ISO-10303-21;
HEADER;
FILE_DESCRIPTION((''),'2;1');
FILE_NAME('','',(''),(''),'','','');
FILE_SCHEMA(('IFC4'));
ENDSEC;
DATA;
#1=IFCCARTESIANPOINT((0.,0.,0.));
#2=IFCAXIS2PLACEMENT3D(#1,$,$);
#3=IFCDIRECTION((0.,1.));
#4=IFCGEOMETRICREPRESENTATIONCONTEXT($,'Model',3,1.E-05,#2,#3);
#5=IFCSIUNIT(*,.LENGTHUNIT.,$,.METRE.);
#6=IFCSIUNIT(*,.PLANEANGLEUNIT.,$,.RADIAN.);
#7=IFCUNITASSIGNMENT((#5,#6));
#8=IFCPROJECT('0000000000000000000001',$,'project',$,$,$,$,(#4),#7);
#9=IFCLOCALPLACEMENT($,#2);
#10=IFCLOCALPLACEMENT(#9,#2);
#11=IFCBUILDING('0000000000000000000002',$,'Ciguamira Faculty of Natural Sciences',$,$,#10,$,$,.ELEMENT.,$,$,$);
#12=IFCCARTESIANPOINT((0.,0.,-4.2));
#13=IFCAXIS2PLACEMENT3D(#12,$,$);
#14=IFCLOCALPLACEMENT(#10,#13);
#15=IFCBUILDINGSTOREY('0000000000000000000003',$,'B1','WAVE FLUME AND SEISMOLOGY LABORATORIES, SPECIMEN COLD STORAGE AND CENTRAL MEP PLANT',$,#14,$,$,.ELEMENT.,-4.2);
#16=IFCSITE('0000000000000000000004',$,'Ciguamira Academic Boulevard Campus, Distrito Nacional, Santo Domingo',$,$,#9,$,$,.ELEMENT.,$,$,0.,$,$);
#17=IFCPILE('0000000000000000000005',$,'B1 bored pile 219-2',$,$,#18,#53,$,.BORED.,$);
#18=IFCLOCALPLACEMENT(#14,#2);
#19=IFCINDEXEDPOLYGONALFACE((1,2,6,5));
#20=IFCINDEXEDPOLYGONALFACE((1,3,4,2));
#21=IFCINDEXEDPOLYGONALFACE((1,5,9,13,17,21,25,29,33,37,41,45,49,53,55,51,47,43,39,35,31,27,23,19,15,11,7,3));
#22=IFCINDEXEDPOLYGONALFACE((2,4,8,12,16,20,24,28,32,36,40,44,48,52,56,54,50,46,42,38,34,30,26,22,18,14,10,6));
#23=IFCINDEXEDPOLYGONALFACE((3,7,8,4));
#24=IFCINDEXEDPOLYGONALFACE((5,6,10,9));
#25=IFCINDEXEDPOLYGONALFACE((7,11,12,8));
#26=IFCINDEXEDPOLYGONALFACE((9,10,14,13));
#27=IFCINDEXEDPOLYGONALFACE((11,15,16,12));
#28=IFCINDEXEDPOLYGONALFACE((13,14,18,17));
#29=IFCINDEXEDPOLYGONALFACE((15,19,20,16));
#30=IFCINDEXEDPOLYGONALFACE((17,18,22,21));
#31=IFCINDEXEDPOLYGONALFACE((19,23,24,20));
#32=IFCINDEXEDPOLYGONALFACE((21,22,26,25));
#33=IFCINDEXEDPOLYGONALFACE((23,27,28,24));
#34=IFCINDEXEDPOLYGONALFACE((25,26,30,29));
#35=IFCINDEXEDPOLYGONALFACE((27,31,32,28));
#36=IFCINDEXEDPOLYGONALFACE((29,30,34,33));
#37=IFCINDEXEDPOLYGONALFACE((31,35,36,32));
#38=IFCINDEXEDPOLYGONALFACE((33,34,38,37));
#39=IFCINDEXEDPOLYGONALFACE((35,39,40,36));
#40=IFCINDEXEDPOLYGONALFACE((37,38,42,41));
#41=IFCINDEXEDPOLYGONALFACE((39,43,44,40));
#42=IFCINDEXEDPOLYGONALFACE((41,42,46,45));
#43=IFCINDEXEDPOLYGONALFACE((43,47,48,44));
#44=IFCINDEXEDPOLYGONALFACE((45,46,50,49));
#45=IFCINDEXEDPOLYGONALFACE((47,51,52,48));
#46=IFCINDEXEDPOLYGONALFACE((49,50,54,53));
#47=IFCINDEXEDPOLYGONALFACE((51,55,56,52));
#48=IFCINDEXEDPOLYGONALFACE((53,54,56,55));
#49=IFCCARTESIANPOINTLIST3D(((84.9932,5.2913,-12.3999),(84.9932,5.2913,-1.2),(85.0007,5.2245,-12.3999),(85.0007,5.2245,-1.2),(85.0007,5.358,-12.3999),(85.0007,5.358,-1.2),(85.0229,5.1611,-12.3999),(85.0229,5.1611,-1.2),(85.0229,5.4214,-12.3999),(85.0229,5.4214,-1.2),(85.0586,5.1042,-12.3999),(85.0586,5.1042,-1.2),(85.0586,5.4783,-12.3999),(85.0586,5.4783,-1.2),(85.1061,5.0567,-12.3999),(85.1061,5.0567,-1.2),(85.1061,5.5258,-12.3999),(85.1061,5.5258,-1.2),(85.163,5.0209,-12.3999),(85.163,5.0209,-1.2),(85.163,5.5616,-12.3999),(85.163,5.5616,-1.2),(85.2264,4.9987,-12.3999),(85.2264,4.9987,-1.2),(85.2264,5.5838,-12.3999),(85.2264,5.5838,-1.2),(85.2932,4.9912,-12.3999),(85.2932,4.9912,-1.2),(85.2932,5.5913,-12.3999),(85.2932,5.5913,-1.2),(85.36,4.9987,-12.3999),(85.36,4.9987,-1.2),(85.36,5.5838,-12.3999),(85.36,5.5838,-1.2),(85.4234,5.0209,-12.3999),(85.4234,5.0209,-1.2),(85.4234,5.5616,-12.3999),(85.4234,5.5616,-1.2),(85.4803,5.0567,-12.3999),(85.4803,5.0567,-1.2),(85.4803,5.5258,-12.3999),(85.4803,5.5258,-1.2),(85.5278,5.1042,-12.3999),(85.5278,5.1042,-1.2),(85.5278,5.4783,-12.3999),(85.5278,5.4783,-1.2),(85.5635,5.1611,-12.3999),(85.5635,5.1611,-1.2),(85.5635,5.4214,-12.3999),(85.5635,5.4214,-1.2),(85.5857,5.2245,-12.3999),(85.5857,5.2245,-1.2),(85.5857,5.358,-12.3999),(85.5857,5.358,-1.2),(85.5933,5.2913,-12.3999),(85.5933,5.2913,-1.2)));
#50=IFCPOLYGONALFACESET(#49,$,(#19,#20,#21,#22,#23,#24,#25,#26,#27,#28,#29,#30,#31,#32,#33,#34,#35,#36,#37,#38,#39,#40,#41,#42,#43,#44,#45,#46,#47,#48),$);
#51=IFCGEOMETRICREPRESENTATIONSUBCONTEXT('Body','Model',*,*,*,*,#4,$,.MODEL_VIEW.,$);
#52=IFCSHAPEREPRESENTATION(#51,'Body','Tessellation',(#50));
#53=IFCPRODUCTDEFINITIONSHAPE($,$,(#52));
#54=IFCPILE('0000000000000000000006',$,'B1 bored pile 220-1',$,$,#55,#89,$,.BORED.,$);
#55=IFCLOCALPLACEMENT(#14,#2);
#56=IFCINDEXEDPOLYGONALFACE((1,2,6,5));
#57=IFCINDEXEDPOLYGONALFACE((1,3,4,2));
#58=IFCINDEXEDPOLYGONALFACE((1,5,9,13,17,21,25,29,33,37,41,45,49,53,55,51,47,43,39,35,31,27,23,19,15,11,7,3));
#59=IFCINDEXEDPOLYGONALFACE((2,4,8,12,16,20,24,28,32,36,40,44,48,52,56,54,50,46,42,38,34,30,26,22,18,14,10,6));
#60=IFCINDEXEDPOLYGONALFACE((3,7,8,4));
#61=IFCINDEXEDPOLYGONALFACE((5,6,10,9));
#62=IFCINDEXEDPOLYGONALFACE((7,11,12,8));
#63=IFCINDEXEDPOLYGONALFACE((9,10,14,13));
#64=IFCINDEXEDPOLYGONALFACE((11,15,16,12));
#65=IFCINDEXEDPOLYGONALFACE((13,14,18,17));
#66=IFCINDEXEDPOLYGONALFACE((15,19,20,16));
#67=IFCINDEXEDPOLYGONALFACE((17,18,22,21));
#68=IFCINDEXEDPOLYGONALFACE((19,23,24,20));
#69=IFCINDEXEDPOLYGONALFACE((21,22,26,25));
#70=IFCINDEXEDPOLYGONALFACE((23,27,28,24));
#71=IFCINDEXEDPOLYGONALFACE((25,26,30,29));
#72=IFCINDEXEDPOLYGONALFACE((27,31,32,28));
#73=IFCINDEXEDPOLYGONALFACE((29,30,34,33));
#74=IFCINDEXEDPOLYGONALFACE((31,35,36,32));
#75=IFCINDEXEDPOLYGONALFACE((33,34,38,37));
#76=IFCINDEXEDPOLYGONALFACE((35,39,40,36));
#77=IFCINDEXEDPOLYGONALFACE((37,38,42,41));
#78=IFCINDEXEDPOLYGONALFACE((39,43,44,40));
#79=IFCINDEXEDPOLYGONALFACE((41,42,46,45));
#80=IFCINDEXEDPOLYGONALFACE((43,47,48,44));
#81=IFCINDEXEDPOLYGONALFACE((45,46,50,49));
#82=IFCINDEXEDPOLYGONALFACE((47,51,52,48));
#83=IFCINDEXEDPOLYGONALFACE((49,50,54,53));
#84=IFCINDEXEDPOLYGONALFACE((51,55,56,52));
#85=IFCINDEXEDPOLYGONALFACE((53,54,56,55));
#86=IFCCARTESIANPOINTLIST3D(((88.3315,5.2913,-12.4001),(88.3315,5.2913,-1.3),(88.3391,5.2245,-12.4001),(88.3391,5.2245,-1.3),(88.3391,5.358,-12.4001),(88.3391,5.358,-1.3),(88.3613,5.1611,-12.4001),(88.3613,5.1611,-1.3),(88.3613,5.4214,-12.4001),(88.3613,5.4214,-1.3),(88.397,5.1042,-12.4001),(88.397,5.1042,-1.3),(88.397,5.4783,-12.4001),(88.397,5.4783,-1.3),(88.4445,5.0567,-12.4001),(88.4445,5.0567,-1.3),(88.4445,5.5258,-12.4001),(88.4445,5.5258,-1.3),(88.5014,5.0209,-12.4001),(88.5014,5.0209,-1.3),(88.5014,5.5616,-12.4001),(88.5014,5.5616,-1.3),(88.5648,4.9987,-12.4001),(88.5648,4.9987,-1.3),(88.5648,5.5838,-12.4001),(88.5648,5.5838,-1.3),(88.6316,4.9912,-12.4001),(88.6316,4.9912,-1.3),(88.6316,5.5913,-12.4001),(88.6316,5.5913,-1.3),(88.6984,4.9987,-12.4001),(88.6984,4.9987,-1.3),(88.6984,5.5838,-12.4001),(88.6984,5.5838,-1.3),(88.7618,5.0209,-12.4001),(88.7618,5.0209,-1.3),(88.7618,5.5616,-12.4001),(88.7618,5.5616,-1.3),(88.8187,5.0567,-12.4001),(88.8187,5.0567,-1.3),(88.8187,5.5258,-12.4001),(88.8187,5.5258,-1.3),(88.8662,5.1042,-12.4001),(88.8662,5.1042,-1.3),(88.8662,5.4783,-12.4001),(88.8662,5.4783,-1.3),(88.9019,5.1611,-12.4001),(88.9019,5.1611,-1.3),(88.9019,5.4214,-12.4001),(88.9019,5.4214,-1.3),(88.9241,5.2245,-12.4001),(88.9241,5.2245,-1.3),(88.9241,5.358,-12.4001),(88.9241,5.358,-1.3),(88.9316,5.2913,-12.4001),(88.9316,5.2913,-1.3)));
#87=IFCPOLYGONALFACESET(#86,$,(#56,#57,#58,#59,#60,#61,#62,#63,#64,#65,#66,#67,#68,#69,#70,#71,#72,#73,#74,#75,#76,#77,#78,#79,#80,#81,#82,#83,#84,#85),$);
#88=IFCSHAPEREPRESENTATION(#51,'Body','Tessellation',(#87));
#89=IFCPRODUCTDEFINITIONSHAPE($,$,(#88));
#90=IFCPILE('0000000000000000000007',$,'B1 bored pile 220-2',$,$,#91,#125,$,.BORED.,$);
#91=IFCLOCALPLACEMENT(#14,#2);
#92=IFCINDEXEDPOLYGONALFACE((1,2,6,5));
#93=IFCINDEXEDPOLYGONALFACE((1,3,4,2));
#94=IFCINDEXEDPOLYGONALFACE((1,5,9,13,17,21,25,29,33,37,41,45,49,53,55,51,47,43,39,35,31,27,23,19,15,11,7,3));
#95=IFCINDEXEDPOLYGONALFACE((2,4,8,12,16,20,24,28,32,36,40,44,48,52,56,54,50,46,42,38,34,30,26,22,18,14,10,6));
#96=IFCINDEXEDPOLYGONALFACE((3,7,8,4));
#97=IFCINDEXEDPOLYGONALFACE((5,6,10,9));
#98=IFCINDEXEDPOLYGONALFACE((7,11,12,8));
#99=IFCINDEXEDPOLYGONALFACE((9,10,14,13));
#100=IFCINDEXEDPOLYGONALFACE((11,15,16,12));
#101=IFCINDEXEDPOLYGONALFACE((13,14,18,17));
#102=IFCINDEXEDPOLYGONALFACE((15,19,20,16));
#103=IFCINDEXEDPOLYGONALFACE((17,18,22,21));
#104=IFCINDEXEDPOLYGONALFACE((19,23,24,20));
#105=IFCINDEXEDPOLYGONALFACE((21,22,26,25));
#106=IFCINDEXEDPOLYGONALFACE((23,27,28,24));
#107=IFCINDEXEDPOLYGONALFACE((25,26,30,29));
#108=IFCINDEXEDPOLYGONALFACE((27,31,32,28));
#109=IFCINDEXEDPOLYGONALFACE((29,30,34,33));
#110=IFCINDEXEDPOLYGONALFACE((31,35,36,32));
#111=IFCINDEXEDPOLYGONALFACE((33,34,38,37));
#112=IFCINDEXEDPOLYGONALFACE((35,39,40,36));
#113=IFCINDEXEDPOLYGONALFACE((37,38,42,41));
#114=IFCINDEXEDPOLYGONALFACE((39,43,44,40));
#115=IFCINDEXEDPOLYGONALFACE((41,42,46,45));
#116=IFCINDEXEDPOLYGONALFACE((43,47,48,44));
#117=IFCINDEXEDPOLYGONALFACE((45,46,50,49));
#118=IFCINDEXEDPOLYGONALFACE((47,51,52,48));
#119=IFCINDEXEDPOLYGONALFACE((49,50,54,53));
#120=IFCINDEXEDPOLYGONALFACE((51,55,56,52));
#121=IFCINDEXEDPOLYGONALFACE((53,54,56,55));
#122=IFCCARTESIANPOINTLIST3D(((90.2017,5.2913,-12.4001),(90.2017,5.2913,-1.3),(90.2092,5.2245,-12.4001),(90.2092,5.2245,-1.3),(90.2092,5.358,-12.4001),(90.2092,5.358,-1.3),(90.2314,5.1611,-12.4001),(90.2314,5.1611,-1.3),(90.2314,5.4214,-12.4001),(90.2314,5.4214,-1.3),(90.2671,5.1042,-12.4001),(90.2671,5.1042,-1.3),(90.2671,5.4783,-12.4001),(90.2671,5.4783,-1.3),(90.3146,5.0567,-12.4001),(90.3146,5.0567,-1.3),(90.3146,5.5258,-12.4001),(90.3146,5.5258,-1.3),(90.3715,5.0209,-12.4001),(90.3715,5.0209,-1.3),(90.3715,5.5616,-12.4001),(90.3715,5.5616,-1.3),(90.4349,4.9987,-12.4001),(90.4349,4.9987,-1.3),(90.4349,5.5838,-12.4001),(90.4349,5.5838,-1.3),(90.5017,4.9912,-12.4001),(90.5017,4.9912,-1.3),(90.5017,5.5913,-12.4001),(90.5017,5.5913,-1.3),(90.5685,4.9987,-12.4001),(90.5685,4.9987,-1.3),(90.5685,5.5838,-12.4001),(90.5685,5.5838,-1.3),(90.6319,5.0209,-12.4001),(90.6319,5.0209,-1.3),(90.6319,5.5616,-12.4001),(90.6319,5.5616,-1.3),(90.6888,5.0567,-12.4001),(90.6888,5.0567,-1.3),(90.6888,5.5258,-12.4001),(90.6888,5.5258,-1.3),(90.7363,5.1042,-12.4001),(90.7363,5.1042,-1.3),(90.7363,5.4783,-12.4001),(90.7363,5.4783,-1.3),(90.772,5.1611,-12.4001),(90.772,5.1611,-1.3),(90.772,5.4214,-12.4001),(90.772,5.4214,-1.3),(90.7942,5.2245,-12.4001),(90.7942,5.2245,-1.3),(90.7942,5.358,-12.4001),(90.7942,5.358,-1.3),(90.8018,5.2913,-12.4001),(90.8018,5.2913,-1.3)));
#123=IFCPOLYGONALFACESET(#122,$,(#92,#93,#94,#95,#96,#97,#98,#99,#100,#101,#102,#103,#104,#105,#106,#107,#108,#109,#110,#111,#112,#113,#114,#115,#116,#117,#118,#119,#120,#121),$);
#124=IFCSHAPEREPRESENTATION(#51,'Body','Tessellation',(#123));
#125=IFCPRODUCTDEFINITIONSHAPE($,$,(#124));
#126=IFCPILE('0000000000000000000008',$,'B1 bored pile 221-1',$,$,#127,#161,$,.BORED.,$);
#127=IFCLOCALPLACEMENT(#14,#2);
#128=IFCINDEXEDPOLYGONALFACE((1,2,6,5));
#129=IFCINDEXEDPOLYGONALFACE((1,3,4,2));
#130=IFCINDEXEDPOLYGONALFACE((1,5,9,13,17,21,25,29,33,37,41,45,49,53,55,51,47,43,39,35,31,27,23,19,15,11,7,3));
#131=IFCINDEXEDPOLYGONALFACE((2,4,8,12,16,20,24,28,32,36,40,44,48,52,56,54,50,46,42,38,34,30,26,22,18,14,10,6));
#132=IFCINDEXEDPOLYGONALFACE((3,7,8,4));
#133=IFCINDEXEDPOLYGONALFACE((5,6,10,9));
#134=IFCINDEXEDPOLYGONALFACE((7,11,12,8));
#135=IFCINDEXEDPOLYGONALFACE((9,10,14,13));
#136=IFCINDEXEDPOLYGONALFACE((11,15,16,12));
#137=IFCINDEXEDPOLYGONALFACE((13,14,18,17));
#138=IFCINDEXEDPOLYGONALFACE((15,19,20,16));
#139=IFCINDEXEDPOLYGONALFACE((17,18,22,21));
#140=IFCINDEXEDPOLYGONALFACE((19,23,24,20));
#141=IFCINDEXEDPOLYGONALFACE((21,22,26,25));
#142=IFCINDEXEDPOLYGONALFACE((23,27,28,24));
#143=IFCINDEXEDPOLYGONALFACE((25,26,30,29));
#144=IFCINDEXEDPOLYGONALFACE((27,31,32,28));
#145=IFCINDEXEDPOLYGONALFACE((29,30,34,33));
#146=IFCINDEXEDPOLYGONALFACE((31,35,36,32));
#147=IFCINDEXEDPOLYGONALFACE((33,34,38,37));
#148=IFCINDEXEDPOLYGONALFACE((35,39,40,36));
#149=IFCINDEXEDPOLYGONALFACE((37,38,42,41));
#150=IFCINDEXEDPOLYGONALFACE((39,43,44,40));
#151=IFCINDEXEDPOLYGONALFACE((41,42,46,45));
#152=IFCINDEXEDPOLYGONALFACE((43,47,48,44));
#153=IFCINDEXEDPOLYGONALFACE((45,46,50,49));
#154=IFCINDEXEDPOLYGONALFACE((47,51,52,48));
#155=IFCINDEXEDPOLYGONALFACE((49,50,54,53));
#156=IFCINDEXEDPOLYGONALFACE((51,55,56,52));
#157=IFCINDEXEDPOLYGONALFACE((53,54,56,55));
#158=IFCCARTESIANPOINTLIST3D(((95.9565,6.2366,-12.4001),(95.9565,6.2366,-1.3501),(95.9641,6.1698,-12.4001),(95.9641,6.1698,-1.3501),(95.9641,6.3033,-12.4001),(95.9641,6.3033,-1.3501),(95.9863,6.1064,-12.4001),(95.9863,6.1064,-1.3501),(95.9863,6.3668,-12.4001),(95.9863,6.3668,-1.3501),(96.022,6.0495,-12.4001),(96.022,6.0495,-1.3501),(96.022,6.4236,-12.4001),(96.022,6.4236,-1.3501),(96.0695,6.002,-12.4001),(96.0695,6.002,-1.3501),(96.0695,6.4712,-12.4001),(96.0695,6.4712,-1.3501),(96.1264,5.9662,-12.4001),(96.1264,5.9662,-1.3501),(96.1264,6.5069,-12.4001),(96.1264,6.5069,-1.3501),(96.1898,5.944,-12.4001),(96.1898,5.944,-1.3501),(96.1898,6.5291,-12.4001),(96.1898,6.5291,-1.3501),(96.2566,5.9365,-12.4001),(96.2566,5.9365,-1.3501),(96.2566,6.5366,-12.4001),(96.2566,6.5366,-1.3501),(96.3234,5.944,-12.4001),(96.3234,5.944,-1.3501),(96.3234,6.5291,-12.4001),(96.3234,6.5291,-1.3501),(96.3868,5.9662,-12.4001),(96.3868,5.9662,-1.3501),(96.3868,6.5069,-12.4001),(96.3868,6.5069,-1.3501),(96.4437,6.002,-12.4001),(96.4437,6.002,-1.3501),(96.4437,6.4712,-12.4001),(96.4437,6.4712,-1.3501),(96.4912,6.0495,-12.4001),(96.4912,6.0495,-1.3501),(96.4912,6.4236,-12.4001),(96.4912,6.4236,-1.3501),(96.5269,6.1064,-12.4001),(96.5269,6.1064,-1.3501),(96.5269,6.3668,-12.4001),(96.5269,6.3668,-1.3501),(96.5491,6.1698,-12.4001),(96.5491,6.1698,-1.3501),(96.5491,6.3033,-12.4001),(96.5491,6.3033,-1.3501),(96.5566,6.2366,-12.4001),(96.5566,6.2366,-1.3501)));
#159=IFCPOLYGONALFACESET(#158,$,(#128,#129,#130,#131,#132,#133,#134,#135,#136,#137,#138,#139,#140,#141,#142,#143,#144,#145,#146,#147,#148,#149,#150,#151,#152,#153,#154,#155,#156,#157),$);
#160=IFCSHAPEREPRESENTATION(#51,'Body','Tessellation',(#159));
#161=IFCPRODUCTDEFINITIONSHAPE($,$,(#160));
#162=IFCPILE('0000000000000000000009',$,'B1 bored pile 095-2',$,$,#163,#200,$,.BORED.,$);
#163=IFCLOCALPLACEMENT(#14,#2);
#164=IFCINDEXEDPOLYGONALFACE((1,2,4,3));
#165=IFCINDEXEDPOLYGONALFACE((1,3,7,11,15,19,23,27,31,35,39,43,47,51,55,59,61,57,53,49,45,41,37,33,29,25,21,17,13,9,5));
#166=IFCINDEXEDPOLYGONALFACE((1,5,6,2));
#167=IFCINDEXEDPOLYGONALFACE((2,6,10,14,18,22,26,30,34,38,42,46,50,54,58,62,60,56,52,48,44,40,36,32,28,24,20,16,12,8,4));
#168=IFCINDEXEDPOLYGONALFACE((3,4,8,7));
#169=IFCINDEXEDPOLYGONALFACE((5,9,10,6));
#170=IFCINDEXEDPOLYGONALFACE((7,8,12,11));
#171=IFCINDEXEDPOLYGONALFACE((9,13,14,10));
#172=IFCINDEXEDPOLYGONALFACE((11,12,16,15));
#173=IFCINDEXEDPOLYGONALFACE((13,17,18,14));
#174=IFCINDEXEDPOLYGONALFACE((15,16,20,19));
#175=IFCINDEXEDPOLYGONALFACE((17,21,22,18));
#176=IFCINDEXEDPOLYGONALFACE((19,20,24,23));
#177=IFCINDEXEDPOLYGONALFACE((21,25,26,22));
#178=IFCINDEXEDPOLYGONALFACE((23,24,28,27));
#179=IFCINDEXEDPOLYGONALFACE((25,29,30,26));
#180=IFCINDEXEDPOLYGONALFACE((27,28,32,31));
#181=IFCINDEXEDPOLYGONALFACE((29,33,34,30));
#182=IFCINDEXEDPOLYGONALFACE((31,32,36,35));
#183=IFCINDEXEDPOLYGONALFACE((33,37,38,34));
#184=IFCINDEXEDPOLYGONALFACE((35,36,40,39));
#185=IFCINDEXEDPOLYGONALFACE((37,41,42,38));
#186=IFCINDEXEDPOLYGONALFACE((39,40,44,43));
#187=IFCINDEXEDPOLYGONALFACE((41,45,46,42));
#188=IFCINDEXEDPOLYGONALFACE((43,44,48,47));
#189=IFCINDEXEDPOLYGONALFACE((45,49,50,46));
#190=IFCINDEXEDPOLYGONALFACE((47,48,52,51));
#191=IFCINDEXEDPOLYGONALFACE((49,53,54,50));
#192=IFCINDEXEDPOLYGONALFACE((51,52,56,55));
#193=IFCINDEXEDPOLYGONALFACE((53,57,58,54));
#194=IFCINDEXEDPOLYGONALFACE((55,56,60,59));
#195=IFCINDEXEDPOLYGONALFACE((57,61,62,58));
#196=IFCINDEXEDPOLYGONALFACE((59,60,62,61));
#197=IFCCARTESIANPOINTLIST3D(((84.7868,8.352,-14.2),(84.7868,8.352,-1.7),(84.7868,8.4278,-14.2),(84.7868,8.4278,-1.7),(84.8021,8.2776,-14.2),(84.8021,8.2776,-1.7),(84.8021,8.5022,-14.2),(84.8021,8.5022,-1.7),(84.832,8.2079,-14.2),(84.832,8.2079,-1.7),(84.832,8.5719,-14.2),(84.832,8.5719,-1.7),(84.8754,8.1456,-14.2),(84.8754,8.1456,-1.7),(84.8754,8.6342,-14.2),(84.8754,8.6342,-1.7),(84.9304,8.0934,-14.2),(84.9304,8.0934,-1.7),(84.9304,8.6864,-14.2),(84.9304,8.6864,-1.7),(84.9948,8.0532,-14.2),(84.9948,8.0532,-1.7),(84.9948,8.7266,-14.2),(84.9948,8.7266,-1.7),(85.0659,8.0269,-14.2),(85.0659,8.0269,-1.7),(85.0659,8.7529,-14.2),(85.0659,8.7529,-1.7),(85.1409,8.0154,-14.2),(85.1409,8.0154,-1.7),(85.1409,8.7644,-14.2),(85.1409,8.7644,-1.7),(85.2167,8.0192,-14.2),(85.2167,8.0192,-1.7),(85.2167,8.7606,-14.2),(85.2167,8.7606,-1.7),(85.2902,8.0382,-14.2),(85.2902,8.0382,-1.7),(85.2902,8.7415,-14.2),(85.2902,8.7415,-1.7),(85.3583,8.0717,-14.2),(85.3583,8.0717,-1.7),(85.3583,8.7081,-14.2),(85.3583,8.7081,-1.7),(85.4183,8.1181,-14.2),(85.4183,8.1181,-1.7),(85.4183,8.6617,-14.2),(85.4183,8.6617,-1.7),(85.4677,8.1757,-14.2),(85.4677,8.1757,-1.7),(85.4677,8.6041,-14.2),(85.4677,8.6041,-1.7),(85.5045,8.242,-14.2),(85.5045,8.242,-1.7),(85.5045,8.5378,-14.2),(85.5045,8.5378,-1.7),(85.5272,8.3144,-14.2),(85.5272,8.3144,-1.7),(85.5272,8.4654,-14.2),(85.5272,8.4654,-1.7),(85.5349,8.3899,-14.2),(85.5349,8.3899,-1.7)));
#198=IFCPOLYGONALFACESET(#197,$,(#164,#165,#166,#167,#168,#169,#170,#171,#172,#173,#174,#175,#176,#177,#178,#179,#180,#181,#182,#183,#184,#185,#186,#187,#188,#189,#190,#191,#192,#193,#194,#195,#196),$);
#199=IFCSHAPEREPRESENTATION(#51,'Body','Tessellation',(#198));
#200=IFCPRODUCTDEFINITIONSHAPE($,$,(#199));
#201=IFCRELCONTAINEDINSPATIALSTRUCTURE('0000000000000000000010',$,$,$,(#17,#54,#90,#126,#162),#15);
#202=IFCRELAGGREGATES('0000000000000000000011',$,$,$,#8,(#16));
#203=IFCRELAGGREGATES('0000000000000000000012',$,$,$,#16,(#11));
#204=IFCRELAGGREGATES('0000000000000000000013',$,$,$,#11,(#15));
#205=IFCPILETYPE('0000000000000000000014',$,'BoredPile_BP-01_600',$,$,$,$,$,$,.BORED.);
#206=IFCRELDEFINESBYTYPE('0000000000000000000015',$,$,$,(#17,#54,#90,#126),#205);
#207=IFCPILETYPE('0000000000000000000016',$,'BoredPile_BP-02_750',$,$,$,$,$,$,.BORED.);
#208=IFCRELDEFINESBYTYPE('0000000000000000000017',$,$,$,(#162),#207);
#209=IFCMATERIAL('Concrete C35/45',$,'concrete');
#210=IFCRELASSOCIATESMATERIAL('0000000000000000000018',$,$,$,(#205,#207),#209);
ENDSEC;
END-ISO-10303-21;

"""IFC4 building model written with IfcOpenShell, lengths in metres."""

from ifc_helpers import new_model, si_unit, direction, frame, origin, origin_2d, place, context, subcontext, project, spatial, circle, extrude, material, material_profile, profile_set, type_object, element, save


model = new_model("IFC4")

# Units and contexts
model_context = context("Model", 3, precision=1e-05, world=origin(), true_north=direction((0.0, 1.0)))
body_context = subcontext(model_context, "Body", "Model", "MODEL_VIEW")
ifc_project = project(units=[si_unit("LENGTHUNIT", "METRE"), si_unit("PLANEANGLEUNIT", "RADIAN")], contexts=[model_context])

# Site, building, storey
site_placement = place(None, origin())
site = spatial("IfcSite", under=ifc_project, at=site_placement, Name="Ciguamira Academic Boulevard Campus, Distrito Nacional, Santo Domingo", CompositionType="ELEMENT", RefElevation=0.0)
building_placement = place(site_placement, origin())
building = spatial("IfcBuilding", under=site, at=building_placement, Name="Ciguamira Faculty of Natural Sciences", CompositionType="ELEMENT")
storey_placement = place(building_placement, frame((0.0, 0.0, -4.2)))
storey = spatial("IfcBuildingStorey", under=building, at=storey_placement, Name="B1", Description="WAVE FLUME AND SEISMOLOGY LABORATORIES, SPECIMEN COLD STORAGE AND CENTRAL MEP PLANT", CompositionType="ELEMENT", Elevation=-4.2)

# Piles
ifc_material_1 = material(Name="Concrete C35/45", Category="concrete")
ifc_material_profile_1 = material_profile(ifc_material_1, circle(Radius=0.3, at=origin_2d()), Name="PILE-BORED-600")
ifc_profile_set_1 = profile_set([ifc_material_profile_1], Name="Concrete C35/45")
pile_type_1 = type_object("IfcPileType", Name="BoredPile_BP-01_600", PredefinedType="BORED", material=ifc_profile_set_1)
pile_1_placement = place(storey_placement, frame((85.2932, 5.2913, -1.2), z_axis=(0.0, 0.0, -1.0), x_axis=(1.0, 0.0, 0.0)))
element("IfcPile", 1, at=pile_1_placement, inside=storey, type_object=pile_type_1, Name="B1 bored pile 219-2", PredefinedType="BORED", context=body_context, shape_type="SweptSolid", body=[
    extrude(circle(Radius=0.3, at=origin_2d()), origin(), (0.0, 0.0, 1.0), 11.2),
])
for number, where, z_axis, x_axis, name in (
    (2, (88.6316, 5.2913, -1.3), (0.0, 0.0, -1.0), (1.0, 0.0, 0.0), "B1 bored pile 220-1"),
    (3, (90.5017, 5.2913, -1.3), (0.0, 0.0, -1.0), (1.0, 0.0, 0.0), "B1 bored pile 220-2"),
):
    element("IfcPile", number, at=place(storey_placement, frame(where, z_axis=z_axis, x_axis=x_axis)), inside=storey, type_object=pile_type_1, Name=name, PredefinedType="BORED", context=body_context, shape_type="SweptSolid", body=[
        extrude(circle(Radius=0.3, at=origin_2d()), origin(), (0.0, 0.0, 1.0), 11.1001),
    ])
pile_2_placement = place(storey_placement, frame((96.2566, 6.2366, -1.3501), z_axis=(0.0, 0.0, -1.0), x_axis=(1.0, 0.0, 0.0)))
element("IfcPile", 4, at=pile_2_placement, inside=storey, type_object=pile_type_1, Name="B1 bored pile 221-1", PredefinedType="BORED", context=body_context, shape_type="SweptSolid", body=[
    extrude(circle(Radius=0.3, at=origin_2d()), origin(), (0.0, 0.0, 1.0), 11.05),
])
ifc_material_profile_2 = material_profile(ifc_material_1, circle(Radius=0.375, at=origin_2d()), Name="PILE-BORED-750")
ifc_profile_set_2 = profile_set([ifc_material_profile_2], Name="Concrete C35/45")
pile_type_2 = type_object("IfcPileType", Name="BoredPile_BP-02_750", PredefinedType="BORED", material=ifc_profile_set_2)
pile_3_placement = place(storey_placement, frame((85.1599, 8.3899, -1.7), z_axis=(0.0, 0.0, -1.0), x_axis=(1.0, 0.0, 0.0)))
element("IfcPile", 5, at=pile_3_placement, inside=storey, type_object=pile_type_2, Name="B1 bored pile 095-2", PredefinedType="BORED", context=body_context, shape_type="SweptSolid", body=[
    extrude(circle(Radius=0.375, at=origin_2d()), origin(), (0.0, 0.0, 1.0), 12.5),
])

save(model, "model.ifc")
